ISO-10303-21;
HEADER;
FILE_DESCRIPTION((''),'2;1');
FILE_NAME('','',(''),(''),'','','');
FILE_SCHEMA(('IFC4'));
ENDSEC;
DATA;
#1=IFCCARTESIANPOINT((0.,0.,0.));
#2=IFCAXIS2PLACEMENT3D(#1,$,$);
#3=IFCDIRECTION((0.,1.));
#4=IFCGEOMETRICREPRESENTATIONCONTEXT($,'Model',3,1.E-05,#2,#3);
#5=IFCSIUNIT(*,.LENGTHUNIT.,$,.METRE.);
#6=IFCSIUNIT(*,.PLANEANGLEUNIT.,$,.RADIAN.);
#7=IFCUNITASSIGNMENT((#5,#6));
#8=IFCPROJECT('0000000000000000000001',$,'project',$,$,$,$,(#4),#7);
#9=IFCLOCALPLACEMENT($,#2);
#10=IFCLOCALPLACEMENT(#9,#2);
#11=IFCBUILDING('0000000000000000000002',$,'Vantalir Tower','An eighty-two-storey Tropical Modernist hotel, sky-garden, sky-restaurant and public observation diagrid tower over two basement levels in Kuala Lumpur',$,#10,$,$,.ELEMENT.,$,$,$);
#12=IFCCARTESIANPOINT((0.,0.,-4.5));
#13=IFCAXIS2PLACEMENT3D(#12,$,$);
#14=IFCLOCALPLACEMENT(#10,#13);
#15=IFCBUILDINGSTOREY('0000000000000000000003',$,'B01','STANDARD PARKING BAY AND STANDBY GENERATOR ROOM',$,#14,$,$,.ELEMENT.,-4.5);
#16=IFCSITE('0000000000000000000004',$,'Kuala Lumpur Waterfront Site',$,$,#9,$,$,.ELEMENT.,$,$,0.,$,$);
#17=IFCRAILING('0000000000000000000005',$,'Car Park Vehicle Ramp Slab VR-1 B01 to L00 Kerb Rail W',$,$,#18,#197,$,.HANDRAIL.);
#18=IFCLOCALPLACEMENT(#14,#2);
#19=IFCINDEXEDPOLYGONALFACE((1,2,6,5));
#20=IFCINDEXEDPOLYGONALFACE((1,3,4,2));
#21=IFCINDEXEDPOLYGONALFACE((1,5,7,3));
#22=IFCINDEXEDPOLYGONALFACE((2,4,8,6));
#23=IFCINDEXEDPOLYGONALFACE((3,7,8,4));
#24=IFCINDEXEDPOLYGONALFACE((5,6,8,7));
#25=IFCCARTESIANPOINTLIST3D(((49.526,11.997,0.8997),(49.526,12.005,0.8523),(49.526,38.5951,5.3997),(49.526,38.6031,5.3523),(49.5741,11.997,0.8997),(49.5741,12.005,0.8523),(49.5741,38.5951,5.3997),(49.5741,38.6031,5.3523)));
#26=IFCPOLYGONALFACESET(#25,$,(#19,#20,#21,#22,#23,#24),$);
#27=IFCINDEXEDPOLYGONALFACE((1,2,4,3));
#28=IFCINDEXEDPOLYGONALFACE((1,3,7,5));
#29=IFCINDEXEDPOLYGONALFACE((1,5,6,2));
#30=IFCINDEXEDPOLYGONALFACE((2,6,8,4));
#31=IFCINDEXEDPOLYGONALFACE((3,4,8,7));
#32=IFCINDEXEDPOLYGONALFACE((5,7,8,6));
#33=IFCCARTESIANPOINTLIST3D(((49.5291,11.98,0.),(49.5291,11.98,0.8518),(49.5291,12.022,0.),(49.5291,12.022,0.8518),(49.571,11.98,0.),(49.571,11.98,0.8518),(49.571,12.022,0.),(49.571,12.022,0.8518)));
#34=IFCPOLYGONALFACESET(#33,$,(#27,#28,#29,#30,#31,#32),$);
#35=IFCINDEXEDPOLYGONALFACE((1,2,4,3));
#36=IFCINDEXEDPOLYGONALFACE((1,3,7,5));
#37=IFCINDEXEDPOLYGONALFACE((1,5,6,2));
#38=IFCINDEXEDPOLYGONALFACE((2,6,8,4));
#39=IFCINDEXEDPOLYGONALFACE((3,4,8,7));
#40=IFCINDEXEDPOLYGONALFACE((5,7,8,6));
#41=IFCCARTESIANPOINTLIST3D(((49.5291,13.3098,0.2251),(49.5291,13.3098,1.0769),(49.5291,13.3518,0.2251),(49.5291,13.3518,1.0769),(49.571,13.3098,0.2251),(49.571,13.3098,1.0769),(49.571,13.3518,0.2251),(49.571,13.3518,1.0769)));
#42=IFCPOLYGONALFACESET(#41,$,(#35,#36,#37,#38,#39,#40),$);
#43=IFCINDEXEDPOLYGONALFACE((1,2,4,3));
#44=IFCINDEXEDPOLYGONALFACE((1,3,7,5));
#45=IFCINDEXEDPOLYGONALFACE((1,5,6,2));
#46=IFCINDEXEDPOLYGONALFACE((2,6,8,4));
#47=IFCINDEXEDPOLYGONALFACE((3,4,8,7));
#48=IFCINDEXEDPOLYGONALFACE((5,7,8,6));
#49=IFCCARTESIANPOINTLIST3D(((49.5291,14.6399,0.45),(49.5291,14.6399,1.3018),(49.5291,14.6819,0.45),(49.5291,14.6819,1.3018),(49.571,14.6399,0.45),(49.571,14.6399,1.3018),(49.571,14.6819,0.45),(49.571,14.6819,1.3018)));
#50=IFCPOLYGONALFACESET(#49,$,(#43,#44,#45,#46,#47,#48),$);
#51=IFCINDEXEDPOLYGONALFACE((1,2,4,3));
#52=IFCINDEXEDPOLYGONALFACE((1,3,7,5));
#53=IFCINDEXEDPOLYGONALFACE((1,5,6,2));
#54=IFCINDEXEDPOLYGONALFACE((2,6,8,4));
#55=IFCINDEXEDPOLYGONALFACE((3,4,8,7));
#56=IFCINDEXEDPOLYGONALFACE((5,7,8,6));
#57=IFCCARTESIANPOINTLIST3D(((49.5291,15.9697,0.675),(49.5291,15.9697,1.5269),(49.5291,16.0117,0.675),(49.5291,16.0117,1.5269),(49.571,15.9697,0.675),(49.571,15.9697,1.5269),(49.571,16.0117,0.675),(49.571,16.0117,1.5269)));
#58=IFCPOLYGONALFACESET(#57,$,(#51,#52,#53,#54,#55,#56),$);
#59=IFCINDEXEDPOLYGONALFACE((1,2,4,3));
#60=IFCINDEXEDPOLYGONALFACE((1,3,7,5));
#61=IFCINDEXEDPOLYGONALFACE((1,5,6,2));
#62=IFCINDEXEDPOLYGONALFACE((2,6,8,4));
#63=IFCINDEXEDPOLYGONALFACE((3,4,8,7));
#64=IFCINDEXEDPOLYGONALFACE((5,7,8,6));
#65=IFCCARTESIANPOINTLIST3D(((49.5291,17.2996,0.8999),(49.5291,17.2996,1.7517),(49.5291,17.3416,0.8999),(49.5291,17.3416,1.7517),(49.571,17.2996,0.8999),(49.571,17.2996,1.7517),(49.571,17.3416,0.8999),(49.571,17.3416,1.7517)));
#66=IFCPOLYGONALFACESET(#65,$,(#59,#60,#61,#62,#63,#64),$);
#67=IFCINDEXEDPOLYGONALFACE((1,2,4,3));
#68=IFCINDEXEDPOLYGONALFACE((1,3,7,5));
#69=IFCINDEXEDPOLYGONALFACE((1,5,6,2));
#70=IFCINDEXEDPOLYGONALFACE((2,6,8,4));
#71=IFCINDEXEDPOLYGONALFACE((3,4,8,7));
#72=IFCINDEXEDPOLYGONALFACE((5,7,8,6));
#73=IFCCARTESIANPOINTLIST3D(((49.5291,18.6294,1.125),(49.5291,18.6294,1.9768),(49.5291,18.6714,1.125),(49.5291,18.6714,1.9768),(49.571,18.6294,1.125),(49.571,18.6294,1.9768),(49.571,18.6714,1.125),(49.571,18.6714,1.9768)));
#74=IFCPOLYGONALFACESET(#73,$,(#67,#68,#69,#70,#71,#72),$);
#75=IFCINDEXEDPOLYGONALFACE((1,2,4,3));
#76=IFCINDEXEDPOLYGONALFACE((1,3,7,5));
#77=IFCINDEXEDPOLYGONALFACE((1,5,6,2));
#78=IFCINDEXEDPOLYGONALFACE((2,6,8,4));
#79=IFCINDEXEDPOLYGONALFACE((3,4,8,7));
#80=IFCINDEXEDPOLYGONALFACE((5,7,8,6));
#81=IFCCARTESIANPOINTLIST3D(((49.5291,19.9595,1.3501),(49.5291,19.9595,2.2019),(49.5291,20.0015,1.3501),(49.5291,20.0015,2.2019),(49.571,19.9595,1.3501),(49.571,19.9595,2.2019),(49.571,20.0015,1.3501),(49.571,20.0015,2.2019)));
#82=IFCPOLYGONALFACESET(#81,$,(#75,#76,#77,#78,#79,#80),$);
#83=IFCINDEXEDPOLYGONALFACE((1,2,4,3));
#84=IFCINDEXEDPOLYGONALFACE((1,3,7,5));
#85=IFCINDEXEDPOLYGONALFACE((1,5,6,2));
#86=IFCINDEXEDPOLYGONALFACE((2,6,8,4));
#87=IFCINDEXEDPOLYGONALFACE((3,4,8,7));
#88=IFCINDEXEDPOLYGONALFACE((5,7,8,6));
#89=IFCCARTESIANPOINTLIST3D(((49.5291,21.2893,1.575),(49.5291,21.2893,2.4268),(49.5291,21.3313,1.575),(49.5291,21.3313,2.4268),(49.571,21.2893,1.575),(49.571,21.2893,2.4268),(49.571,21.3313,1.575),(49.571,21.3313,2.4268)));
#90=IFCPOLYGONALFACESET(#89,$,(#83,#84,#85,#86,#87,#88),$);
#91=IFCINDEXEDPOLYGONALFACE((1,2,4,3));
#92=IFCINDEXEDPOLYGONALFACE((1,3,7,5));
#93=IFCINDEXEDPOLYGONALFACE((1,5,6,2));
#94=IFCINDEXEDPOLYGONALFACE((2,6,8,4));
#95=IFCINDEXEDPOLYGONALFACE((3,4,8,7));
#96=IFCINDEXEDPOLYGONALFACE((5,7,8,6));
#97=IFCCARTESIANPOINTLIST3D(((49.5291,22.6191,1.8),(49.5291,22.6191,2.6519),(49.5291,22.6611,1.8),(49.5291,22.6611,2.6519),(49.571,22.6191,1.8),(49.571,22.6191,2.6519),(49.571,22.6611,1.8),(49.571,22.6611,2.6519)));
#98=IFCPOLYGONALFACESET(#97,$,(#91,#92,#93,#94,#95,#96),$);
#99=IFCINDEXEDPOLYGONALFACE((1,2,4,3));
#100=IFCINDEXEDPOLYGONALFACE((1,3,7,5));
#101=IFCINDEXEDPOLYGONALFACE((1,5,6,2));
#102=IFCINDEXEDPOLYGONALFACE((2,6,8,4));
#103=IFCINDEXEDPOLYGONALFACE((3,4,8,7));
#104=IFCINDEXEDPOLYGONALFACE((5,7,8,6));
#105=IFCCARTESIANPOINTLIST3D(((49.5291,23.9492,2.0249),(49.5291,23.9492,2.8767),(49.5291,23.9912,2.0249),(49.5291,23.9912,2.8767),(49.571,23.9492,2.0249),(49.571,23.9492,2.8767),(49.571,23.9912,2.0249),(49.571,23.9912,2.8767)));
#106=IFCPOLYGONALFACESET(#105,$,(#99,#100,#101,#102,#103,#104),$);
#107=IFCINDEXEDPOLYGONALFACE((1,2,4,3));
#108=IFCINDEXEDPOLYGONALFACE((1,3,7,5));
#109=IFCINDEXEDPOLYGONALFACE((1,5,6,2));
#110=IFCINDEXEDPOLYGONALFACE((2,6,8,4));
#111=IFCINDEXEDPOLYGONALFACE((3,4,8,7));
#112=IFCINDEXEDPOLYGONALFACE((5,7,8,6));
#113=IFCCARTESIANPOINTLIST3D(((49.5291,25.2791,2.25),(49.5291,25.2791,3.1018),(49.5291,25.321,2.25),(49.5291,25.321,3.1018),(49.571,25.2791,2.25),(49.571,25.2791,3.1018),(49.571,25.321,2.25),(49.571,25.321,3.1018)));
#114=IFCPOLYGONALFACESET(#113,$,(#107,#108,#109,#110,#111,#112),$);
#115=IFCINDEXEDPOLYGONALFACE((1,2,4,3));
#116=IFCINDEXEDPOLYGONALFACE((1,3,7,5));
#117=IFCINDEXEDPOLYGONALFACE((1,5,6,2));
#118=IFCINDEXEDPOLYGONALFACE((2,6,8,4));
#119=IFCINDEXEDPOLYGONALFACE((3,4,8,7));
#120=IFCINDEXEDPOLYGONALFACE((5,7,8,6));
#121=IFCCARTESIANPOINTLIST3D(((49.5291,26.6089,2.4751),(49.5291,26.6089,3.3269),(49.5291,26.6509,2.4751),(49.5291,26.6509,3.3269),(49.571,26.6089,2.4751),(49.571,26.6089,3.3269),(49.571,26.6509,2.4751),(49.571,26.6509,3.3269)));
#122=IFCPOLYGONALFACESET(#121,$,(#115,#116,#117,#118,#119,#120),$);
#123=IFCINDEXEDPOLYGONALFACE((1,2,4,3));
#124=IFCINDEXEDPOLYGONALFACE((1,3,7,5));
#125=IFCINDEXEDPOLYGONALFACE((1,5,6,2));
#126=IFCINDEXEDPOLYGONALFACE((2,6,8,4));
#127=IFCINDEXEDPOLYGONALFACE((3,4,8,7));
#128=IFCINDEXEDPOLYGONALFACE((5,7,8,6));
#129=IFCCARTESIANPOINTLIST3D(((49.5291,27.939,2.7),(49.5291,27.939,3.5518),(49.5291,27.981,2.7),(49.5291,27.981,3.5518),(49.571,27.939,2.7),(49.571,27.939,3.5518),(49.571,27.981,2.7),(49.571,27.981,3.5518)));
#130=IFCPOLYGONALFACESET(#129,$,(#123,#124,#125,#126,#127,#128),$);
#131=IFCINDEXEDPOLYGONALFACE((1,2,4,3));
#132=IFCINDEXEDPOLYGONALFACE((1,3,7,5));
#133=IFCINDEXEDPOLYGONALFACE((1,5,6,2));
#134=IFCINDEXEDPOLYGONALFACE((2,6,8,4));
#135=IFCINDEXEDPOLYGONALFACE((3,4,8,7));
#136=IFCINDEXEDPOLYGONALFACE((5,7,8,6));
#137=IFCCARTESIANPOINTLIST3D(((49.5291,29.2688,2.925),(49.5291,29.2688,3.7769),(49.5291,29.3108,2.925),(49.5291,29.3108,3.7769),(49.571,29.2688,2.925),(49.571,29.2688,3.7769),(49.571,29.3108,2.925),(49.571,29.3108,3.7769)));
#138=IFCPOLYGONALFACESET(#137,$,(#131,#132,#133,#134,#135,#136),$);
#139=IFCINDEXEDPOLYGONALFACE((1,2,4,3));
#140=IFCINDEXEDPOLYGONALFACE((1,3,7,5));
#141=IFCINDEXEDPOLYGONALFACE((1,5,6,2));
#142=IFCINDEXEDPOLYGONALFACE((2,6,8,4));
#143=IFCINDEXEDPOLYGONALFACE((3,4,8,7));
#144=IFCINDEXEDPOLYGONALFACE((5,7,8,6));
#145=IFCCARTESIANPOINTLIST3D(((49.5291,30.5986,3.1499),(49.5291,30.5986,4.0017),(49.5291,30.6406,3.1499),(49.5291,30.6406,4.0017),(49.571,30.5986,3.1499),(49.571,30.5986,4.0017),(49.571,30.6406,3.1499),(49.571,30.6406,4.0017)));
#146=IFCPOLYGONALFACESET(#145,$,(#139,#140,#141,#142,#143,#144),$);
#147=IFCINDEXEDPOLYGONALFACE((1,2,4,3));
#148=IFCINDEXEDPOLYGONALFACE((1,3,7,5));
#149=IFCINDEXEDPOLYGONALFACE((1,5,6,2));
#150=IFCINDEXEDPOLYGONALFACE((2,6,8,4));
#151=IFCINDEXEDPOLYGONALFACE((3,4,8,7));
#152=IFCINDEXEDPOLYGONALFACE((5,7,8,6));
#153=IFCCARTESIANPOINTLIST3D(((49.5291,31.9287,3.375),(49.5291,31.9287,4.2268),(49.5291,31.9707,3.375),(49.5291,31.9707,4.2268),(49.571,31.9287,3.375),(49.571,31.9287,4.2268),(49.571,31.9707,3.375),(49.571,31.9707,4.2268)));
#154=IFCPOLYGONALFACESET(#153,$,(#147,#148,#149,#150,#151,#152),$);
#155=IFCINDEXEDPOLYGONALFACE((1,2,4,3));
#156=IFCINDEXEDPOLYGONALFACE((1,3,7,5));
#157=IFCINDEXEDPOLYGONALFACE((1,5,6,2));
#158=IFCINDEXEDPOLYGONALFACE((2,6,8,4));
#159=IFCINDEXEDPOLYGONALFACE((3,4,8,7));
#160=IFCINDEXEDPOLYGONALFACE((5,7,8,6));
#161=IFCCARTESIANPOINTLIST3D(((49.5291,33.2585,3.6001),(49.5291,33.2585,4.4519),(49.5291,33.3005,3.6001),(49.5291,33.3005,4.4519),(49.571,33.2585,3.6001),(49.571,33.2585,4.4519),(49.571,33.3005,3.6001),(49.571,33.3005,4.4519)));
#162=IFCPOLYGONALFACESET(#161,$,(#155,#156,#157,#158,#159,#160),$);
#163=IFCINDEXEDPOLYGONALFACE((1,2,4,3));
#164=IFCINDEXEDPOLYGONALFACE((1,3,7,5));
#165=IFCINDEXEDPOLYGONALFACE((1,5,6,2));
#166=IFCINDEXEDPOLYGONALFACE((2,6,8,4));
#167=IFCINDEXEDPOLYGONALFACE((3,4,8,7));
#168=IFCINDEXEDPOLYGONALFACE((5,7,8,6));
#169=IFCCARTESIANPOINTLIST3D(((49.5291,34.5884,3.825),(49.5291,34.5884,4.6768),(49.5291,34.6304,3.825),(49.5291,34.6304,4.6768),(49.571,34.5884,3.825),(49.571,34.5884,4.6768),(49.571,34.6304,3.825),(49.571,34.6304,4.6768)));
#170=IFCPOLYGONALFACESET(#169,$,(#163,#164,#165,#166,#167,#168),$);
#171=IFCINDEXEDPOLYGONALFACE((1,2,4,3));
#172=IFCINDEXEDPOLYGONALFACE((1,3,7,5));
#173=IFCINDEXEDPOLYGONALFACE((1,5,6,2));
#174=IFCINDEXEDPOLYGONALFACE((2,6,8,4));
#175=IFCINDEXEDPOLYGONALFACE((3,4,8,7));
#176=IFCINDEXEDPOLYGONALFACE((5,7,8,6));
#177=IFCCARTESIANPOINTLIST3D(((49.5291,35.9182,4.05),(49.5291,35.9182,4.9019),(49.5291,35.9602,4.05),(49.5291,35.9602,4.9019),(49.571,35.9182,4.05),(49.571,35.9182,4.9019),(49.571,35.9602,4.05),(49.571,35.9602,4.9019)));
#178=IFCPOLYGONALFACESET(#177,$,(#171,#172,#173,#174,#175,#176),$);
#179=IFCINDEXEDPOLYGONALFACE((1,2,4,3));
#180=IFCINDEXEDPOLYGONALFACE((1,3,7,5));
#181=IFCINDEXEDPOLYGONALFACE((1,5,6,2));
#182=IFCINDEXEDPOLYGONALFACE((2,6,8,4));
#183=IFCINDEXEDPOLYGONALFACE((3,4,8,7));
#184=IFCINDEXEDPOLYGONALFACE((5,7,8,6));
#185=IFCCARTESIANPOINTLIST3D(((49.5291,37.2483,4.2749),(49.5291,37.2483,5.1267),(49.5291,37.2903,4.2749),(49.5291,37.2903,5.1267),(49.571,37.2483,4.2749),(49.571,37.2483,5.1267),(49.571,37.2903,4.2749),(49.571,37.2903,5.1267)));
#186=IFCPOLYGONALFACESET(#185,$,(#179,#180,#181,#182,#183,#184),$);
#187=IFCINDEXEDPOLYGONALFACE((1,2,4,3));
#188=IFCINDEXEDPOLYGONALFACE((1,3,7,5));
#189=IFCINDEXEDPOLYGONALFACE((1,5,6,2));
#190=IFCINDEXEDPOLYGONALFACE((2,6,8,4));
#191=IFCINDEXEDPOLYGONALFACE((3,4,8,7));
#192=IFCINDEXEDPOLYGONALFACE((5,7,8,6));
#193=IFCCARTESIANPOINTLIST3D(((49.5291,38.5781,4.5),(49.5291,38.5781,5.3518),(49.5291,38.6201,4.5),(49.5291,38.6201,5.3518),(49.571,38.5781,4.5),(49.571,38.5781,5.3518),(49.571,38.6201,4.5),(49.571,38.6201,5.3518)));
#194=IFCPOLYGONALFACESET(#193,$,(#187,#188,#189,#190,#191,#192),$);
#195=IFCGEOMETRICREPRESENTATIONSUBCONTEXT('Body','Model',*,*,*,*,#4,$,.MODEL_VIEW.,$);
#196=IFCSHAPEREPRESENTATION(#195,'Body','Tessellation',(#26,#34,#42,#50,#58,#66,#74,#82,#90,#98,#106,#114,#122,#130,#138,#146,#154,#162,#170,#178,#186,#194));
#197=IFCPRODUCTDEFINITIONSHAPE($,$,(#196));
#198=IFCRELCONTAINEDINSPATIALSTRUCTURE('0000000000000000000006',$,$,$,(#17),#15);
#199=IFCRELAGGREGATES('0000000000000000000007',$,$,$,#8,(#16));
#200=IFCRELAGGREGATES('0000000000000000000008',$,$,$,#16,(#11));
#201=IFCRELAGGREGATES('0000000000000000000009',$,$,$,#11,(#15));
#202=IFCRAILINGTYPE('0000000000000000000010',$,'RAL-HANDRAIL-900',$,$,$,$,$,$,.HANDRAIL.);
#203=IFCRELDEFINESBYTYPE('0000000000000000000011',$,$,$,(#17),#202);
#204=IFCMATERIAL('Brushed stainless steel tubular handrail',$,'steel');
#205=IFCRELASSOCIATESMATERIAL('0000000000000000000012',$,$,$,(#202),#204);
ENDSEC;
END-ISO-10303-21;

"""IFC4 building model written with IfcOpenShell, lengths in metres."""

from ifc_helpers import new_model, si_unit, direction, frame, origin, origin_2d, place, context, subcontext, project, spatial, rectangle, extrude, material, type_object, element, save


model = new_model("IFC4")

# Units and contexts
model_context = context("Model", 3, precision=1e-05, world=origin(), true_north=direction((0.0, 1.0)))
body_context = subcontext(model_context, "Body", "Model", "MODEL_VIEW")
ifc_project = project(units=[si_unit("LENGTHUNIT", "METRE"), si_unit("PLANEANGLEUNIT", "RADIAN")], contexts=[model_context])

# Site, building, storey
site_placement = place(None, origin())
site = spatial("IfcSite", under=ifc_project, at=site_placement, Name="Kuala Lumpur Waterfront Site", CompositionType="ELEMENT", RefElevation=0.0)
building_placement = place(site_placement, origin())
building = spatial("IfcBuilding", under=site, at=building_placement, Name="Vantalir Tower", Description="An eighty-two-storey Tropical Modernist hotel, sky-garden, sky-restaurant and public observation diagrid tower over two basement levels in Kuala Lumpur", CompositionType="ELEMENT")
storey_placement = place(building_placement, frame((0.0, 0.0, -4.5)))
storey = spatial("IfcBuildingStorey", under=building, at=storey_placement, Name="B01", Description="STANDARD PARKING BAY AND STANDBY GENERATOR ROOM", CompositionType="ELEMENT", Elevation=-4.5)

# Railing
ifc_material_1 = material(Name="Brushed stainless steel tubular handrail", Category="steel")
railing_type_1 = type_object("IfcRailingType", Name="RAL-HANDRAIL-900", PredefinedType="HANDRAIL", material=ifc_material_1)
railing_1_placement = place(storey_placement, frame((49.55, 12.001, 0.0)))
element("IfcRailing", 1, at=railing_1_placement, inside=storey, type_object=railing_type_1, Name="Car Park Vehicle Ramp Slab VR-1 B01 to L00 Kerb Rail W", PredefinedType="HANDRAIL", context=body_context, shape_type="SweptSolid", body=[
    extrude(rectangle(XDim=0.0481, YDim=0.0481, at=origin_2d()), frame((0.0, 0.0, 0.876), z_axis=(0.0, 0.985988, 0.166814), x_axis=(-1.0, 0.0, 0.0)), (0.0, 0.0, 1.0), 26.9761),
    extrude(rectangle(XDim=0.042, YDim=0.042, at=origin_2d()), origin(), (0.0, 0.0, 1.0), 0.8518),
    extrude(rectangle(XDim=0.042, YDim=0.042, at=origin_2d()), frame((0.0, 1.3298, 0.2251)), (0.0, 0.0, 1.0), 0.8518),
    extrude(rectangle(XDim=0.042, YDim=0.042, at=origin_2d()), frame((0.0, 2.6599, 0.45)), (0.0, 0.0, 1.0), 0.8518),
    extrude(rectangle(XDim=0.042, YDim=0.042, at=origin_2d()), frame((0.0, 3.9897, 0.675)), (0.0, 0.0, 1.0), 0.8518),
    extrude(rectangle(XDim=0.042, YDim=0.042, at=origin_2d()), frame((0.0, 5.3196, 0.8999)), (0.0, 0.0, 1.0), 0.8518),
    extrude(rectangle(XDim=0.042, YDim=0.042, at=origin_2d()), frame((0.0, 6.6494, 1.125)), (0.0, 0.0, 1.0), 0.8518),
    extrude(rectangle(XDim=0.042, YDim=0.042, at=origin_2d()), frame((0.0, 7.9795, 1.3501)), (0.0, 0.0, 1.0), 0.8518),
    extrude(rectangle(XDim=0.042, YDim=0.042, at=origin_2d()), frame((0.0, 9.3093, 1.575)), (0.0, 0.0, 1.0), 0.8518),
    extrude(rectangle(XDim=0.042, YDim=0.042, at=origin_2d()), frame((0.0, 10.6392, 1.8)), (0.0, 0.0, 1.0), 0.8518),
    extrude(rectangle(XDim=0.042, YDim=0.042, at=origin_2d()), frame((0.0, 11.9692, 2.0249)), (0.0, 0.0, 1.0), 0.8518),
    extrude(rectangle(XDim=0.042, YDim=0.042, at=origin_2d()), frame((0.0, 13.2991, 2.25)), (0.0, 0.0, 1.0), 0.8518),
    extrude(rectangle(XDim=0.042, YDim=0.042, at=origin_2d()), frame((0.0, 14.6289, 2.4751)), (0.0, 0.0, 1.0), 0.8518),
    extrude(rectangle(XDim=0.042, YDim=0.042, at=origin_2d()), frame((0.0, 15.959, 2.7)), (0.0, 0.0, 1.0), 0.8518),
    extrude(rectangle(XDim=0.042, YDim=0.042, at=origin_2d()), frame((0.0, 17.2888, 2.925)), (0.0, 0.0, 1.0), 0.8518),
    extrude(rectangle(XDim=0.042, YDim=0.042, at=origin_2d()), frame((0.0, 18.6187, 3.1499)), (0.0, 0.0, 1.0), 0.8518),
    extrude(rectangle(XDim=0.042, YDim=0.042, at=origin_2d()), frame((0.0, 19.9487, 3.375)), (0.0, 0.0, 1.0), 0.8518),
    extrude(rectangle(XDim=0.042, YDim=0.042, at=origin_2d()), frame((0.0, 21.2786, 3.6001)), (0.0, 0.0, 1.0), 0.8518),
    extrude(rectangle(XDim=0.042, YDim=0.042, at=origin_2d()), frame((0.0, 22.6084, 3.825)), (0.0, 0.0, 1.0), 0.8518),
    extrude(rectangle(XDim=0.042, YDim=0.042, at=origin_2d()), frame((0.0, 23.9382, 4.05)), (0.0, 0.0, 1.0), 0.8518),
    extrude(rectangle(XDim=0.042, YDim=0.042, at=origin_2d()), frame((0.0, 25.2683, 4.2749)), (0.0, 0.0, 1.0), 0.8518),
    extrude(rectangle(XDim=0.042, YDim=0.042, at=origin_2d()), frame((0.0, 26.5981, 4.5)), (0.0, 0.0, 1.0), 0.8518),
])

save(model, "model.ifc")
